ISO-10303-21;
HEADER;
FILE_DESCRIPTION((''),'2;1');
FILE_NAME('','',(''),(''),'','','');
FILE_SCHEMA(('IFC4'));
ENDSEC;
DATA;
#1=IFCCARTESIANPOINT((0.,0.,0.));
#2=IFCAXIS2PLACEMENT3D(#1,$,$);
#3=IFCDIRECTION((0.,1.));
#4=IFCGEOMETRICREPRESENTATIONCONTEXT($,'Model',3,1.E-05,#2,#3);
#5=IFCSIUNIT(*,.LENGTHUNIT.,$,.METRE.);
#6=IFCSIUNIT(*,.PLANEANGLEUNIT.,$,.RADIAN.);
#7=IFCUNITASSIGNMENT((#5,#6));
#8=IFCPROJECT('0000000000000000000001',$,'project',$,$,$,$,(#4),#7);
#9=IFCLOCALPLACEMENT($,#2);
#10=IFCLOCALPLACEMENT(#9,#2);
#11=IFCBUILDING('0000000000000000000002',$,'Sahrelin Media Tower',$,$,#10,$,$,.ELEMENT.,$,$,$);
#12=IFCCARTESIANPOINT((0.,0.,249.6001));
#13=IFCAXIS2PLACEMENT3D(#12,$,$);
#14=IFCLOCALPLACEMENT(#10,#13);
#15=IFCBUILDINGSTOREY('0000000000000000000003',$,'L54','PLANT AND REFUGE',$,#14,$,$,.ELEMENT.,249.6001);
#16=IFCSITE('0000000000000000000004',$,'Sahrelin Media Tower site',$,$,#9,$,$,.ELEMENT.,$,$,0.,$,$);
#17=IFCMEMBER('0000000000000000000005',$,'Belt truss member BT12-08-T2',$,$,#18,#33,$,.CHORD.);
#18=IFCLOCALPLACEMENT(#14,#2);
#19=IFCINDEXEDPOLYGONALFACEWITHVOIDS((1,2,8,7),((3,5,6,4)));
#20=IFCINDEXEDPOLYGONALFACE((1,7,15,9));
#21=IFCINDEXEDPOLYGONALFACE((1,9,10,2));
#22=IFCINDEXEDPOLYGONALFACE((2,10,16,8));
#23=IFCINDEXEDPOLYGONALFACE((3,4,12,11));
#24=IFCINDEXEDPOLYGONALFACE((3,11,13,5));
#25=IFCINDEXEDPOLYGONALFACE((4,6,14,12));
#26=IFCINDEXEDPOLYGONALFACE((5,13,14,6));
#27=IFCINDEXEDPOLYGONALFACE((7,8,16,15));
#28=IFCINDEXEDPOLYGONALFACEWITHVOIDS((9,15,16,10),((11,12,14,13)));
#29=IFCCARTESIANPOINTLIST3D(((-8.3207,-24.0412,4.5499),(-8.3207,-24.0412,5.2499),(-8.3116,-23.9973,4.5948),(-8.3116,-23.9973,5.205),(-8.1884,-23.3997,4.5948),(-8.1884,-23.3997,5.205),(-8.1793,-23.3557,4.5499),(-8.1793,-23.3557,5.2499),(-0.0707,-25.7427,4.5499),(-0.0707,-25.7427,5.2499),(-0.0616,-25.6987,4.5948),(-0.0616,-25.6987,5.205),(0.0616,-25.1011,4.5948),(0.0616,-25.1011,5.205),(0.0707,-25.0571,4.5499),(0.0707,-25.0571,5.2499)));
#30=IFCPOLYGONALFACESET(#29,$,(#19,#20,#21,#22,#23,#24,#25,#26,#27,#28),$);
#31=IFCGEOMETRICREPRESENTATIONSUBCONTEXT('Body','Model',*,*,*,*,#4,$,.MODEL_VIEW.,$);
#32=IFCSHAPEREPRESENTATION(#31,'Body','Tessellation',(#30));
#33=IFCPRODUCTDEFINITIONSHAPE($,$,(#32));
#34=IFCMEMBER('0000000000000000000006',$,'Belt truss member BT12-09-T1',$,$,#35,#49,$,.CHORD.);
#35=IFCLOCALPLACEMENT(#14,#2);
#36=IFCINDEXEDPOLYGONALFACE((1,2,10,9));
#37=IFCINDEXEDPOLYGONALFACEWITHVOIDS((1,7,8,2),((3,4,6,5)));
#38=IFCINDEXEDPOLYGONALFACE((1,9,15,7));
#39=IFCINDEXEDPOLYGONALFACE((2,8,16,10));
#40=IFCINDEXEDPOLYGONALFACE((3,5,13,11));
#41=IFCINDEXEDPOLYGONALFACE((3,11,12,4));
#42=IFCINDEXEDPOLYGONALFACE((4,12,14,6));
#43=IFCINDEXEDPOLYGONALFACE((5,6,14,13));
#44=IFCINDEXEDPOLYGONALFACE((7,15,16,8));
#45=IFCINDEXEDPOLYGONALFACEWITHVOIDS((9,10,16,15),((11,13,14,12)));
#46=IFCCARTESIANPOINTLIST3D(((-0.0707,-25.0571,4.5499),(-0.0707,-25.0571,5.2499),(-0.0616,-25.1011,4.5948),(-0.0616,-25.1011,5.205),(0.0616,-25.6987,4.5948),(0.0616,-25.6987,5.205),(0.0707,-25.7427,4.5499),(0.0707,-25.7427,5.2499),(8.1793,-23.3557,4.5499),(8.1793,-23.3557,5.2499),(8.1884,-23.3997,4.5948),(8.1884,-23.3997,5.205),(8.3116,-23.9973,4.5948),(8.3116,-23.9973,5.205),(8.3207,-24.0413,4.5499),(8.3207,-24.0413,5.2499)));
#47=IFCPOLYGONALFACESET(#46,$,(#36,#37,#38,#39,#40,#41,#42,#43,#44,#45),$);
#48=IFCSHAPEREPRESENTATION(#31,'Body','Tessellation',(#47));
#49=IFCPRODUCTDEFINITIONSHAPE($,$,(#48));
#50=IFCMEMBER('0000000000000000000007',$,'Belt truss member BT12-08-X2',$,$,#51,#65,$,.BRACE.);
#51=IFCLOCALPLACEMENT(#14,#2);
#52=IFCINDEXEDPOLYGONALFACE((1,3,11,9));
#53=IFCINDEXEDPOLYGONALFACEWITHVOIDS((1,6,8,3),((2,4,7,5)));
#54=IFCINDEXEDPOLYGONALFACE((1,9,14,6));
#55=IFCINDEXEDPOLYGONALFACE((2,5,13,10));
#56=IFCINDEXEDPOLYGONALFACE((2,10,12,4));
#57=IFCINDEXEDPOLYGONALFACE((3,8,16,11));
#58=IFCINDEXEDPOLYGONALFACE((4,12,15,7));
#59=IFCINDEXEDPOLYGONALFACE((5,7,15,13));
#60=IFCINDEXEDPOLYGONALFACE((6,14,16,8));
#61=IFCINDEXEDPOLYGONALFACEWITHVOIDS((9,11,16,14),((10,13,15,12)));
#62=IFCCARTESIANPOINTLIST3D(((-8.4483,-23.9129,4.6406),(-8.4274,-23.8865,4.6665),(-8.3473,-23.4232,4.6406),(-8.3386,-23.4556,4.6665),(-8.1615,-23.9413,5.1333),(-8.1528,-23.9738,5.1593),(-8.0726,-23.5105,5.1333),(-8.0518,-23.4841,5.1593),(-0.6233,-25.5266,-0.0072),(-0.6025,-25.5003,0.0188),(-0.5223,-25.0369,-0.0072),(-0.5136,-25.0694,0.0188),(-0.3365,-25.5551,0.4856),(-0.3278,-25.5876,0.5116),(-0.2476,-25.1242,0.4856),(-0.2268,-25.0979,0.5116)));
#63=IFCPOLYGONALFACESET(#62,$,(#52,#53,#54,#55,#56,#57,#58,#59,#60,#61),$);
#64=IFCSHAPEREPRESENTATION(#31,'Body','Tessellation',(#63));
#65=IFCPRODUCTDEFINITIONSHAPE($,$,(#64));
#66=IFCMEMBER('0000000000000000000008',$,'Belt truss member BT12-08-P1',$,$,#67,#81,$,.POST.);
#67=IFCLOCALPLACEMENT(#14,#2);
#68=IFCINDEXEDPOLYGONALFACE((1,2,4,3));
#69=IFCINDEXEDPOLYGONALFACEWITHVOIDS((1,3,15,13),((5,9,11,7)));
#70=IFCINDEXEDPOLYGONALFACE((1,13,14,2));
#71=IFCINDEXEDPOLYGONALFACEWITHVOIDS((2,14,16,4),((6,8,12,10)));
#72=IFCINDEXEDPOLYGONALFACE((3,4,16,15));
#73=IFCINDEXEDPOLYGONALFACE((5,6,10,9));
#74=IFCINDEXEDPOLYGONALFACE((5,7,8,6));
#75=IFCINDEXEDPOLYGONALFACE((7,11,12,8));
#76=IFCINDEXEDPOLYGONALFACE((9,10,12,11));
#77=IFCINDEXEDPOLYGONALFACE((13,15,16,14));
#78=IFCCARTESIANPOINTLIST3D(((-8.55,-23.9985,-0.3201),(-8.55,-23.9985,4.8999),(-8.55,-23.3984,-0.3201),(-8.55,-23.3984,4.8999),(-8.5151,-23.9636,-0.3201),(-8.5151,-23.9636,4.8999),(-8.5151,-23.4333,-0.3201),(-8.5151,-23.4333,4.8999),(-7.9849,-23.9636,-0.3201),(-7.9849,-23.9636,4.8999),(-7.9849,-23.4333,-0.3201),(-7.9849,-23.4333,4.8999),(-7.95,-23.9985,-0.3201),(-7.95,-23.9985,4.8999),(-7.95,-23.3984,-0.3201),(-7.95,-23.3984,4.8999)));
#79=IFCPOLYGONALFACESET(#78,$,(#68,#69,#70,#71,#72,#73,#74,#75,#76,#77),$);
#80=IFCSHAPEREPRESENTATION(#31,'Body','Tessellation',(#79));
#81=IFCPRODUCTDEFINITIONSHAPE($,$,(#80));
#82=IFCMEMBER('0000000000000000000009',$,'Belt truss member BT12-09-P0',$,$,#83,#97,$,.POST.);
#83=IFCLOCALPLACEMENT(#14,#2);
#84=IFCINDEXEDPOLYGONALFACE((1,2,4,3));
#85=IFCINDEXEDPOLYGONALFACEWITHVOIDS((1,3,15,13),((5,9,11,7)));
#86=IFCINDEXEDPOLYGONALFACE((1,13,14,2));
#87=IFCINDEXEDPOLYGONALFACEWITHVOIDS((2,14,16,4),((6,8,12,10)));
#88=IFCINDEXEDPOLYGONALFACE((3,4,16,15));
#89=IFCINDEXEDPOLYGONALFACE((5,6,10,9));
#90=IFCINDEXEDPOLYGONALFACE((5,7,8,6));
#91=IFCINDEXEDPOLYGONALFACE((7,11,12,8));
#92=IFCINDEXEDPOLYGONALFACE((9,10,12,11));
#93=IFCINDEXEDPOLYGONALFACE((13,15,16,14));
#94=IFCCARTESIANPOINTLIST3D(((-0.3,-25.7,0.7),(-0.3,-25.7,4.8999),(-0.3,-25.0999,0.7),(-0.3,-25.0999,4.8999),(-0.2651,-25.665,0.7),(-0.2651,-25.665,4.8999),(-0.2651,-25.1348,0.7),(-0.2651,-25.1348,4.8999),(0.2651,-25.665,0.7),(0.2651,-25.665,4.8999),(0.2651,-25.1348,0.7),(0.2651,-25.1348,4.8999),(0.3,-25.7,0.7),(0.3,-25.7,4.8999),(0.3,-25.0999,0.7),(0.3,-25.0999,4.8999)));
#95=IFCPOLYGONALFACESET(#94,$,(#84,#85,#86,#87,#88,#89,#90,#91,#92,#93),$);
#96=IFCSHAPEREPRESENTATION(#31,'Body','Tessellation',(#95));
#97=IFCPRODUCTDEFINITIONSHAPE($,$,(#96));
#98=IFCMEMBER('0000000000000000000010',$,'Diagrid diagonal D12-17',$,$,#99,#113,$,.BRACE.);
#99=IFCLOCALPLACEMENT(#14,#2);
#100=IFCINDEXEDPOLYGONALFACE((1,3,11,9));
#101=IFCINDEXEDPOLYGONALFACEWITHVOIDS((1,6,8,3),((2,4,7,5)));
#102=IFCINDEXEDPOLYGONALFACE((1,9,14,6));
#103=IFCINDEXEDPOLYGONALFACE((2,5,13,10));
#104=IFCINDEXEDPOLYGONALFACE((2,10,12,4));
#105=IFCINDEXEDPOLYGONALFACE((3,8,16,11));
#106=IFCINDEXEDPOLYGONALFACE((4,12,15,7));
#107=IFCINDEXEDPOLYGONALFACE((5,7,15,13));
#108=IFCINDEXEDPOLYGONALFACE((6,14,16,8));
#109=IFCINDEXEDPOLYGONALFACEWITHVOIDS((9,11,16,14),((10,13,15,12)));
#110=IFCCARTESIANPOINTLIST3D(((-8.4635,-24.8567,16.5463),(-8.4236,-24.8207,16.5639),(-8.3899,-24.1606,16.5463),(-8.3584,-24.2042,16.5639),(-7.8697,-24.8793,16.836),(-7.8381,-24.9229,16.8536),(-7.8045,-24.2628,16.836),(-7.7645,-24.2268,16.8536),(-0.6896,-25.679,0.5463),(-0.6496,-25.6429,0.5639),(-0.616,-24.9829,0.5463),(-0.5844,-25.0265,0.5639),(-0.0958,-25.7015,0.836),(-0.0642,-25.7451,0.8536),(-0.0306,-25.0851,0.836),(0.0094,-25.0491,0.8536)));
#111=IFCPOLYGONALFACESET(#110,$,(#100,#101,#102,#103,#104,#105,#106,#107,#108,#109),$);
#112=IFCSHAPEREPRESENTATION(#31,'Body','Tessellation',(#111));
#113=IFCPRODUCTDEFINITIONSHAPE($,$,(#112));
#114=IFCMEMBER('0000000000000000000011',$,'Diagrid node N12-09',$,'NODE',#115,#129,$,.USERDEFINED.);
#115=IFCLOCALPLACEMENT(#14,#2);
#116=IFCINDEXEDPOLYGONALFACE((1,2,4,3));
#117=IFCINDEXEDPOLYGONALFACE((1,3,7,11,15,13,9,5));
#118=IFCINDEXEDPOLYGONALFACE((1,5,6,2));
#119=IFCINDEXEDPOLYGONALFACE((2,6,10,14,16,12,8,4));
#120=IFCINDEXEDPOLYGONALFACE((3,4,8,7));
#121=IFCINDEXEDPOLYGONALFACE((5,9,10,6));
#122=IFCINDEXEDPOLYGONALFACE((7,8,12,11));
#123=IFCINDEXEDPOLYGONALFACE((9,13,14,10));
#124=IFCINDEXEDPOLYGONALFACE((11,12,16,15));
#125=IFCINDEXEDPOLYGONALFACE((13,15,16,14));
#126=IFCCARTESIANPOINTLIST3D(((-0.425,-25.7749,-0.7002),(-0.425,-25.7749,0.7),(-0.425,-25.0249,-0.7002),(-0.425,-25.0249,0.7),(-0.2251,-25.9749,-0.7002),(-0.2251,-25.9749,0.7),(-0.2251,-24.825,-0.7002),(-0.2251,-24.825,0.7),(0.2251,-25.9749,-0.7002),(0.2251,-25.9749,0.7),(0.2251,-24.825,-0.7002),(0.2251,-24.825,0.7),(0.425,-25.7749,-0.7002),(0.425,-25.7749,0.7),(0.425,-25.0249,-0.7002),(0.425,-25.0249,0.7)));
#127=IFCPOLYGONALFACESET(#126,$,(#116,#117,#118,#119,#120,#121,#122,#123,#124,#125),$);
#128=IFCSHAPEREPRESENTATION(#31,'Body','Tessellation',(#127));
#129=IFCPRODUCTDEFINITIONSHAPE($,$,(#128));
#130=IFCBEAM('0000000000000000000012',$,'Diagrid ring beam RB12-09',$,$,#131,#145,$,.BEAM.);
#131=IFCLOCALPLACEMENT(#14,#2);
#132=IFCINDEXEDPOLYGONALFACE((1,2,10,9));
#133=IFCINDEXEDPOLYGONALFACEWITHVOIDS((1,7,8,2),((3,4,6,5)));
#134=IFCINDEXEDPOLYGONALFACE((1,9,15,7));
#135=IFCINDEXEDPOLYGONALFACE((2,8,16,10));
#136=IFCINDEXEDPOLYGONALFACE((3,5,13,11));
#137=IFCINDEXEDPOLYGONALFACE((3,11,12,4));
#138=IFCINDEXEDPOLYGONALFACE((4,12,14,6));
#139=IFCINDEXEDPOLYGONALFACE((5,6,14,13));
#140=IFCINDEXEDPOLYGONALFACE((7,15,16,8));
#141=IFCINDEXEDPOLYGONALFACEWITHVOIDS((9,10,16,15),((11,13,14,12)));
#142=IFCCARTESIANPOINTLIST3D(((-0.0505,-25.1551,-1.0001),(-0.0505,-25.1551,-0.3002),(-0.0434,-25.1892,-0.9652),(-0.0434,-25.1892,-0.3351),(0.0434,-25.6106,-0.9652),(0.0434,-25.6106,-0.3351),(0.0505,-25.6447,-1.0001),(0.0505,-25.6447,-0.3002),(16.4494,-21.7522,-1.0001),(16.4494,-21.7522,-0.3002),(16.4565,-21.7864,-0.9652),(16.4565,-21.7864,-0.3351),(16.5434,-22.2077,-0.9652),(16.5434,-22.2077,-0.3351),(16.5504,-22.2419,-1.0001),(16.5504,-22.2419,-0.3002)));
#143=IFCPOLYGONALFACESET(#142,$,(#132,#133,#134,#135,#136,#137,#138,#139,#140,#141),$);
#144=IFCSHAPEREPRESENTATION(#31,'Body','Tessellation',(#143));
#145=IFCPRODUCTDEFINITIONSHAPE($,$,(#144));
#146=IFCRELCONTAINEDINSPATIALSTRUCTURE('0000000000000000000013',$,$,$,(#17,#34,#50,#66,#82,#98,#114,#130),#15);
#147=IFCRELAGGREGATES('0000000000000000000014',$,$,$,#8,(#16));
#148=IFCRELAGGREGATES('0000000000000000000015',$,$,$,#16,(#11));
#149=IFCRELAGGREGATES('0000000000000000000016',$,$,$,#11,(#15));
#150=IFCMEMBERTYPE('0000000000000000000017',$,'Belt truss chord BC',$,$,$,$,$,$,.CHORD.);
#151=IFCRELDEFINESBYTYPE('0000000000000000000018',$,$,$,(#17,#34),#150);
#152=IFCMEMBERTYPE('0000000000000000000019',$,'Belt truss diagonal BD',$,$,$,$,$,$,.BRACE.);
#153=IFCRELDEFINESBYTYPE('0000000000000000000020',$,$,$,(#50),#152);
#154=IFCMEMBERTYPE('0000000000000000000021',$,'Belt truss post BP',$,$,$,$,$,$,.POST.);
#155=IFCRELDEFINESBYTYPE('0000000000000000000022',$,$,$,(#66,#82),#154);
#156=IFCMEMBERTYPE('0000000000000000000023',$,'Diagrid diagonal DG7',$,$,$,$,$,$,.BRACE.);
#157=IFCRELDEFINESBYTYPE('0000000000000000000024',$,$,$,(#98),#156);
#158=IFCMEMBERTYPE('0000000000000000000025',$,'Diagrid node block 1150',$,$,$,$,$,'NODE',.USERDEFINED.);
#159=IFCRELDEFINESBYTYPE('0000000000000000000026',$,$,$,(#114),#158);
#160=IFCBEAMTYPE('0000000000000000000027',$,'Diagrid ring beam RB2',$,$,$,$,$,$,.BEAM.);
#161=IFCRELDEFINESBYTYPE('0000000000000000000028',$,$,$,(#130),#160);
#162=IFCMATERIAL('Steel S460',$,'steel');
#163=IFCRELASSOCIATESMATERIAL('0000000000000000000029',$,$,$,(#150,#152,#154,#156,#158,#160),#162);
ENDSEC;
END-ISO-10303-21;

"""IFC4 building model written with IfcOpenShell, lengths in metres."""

from ifc_helpers import new_model, si_unit, direction, frame, origin, origin_2d, place, context, subcontext, project, spatial, polyline, hollow_rectangle, outline, extrude, material, material_profile, profile_set, type_object, element, save


model = new_model("IFC4")

# Units and contexts
model_context = context("Model", 3, precision=1e-05, world=origin(), true_north=direction((0.0, 1.0)))
body_context = subcontext(model_context, "Body", "Model", "MODEL_VIEW")
ifc_project = project(units=[si_unit("LENGTHUNIT", "METRE"), si_unit("PLANEANGLEUNIT", "RADIAN")], contexts=[model_context])

# Site, building, storey
site_placement = place(None, origin())
site = spatial("IfcSite", under=ifc_project, at=site_placement, Name="Sahrelin Media Tower site", CompositionType="ELEMENT", RefElevation=0.0)
building_placement = place(site_placement, origin())
building = spatial("IfcBuilding", under=site, at=building_placement, Name="Sahrelin Media Tower", CompositionType="ELEMENT")
storey_placement = place(building_placement, frame((0.0, 0.0, 249.6001)))
storey = spatial("IfcBuildingStorey", under=building, at=storey_placement, Name="L54", Description="PLANT AND REFUGE", CompositionType="ELEMENT", Elevation=249.6001)

# Members
ifc_material_1 = material(Name="Steel S460", Category="steel")
ifc_material_profile_1 = material_profile(ifc_material_1, hollow_rectangle(XDim=0.7, YDim=0.7, WallThickness=0.0449, at=origin_2d()), Name="Belt truss chord BC")
ifc_profile_set_1 = profile_set([ifc_material_profile_1], Name="Steel S460")
member_type_1 = type_object("IfcMemberType", Name="Belt truss chord BC", PredefinedType="CHORD", material=ifc_profile_set_1)
for number, where, z_axis, x_axis, name in (
    (1, (-8.25, -23.6985, 4.8999), (0.979389, -0.201982, 0.0), (0.201982, 0.979389, 0.0), "Belt truss member BT12-08-T2"),
    (2, (0.0, -25.3999, 4.8999), (0.979389, 0.201982, 0.0), (-0.201982, 0.979389, 0.0), "Belt truss member BT12-09-T1"),
):
    element("IfcMember", number, at=place(storey_placement, frame(where, z_axis=z_axis, x_axis=x_axis)), inside=storey, type_object=member_type_1, Name=name, PredefinedType="CHORD", context=body_context, shape_type="SweptSolid", body=[
        extrude(hollow_rectangle(XDim=0.7, YDim=0.7, WallThickness=0.0449, at=origin_2d()), origin(), (0.0, 0.0, 1.0), 8.4236),
    ])
ifc_material_profile_2 = material_profile(ifc_material_1, hollow_rectangle(XDim=0.5, YDim=0.6001, WallThickness=0.03, at=origin_2d()), Name="Belt truss diagonal BD")
ifc_profile_set_2 = profile_set([ifc_material_profile_2], Name="Steel S460")
member_type_2 = type_object("IfcMemberType", Name="Belt truss diagonal BD", PredefinedType="BRACE", material=ifc_profile_set_2)
member_1_placement = place(storey_placement, frame((-0.425, -25.3123, 0.2522), z_axis=(-0.84657, 0.174591, 0.502829), x_axis=(-0.201983, -0.979389, 0.0)))
element("IfcMember", 3, at=member_1_placement, inside=storey, type_object=member_type_2, Name="Belt truss member BT12-08-X2", PredefinedType="BRACE", context=body_context, shape_type="SweptSolid", body=[
    extrude(hollow_rectangle(XDim=0.5, YDim=0.6001, WallThickness=0.03, at=origin_2d()), origin(), (0.0, 0.0, 1.0), 9.2432),
])
ifc_material_profile_3 = material_profile(ifc_material_1, hollow_rectangle(XDim=0.6001, YDim=0.6001, WallThickness=0.0349, at=origin_2d()), Name="Belt truss post BP")
ifc_profile_set_3 = profile_set([ifc_material_profile_3], Name="Steel S460")
member_type_3 = type_object("IfcMemberType", Name="Belt truss post BP", PredefinedType="POST", material=ifc_profile_set_3)
member_2_placement = place(storey_placement, frame((-8.25, -23.6985, -0.3201), z_axis=(0.0, 0.0, 1.0), x_axis=(1.0, 0.0, 0.0)))
element("IfcMember", 4, at=member_2_placement, inside=storey, type_object=member_type_3, Name="Belt truss member BT12-08-P1", PredefinedType="POST", context=body_context, shape_type="SweptSolid", body=[
    extrude(hollow_rectangle(XDim=0.6001, YDim=0.6001, WallThickness=0.0349, at=origin_2d()), origin(), (0.0, 0.0, 1.0), 5.22),
])
member_3_placement = place(storey_placement, frame((0.0, -25.3999, 0.7), z_axis=(0.0, 0.0, 1.0), x_axis=(1.0, 0.0, 0.0)))
element("IfcMember", 5, at=member_3_placement, inside=storey, type_object=member_type_3, Name="Belt truss member BT12-09-P0", PredefinedType="POST", context=body_context, shape_type="SweptSolid", body=[
    extrude(hollow_rectangle(XDim=0.6001, YDim=0.6001, WallThickness=0.0349, at=origin_2d()), origin(), (0.0, 0.0, 1.0), 4.2),
])
ifc_material_profile_4 = material_profile(ifc_material_1, hollow_rectangle(XDim=0.7, YDim=0.7, WallThickness=0.04, at=origin_2d()), Name="Diagrid diagonal DG7")
ifc_profile_set_4 = profile_set([ifc_material_profile_4], Name="Steel S460")
member_type_4 = type_object("IfcMemberType", Name="Diagrid diagonal DG7", PredefinedType="BRACE", material=ifc_profile_set_4)
member_4_placement = place(storey_placement, frame((-0.3401, -25.364, 0.7), z_axis=(-0.436551, 0.046175, 0.898494), x_axis=(-0.105185, -0.994453, 0.0)))
element("IfcMember", 6, at=member_4_placement, inside=storey, type_object=member_type_4, Name="Diagrid diagonal D12-17", PredefinedType="BRACE", context=body_context, shape_type="SweptSolid", body=[
    extrude(hollow_rectangle(XDim=0.7, YDim=0.7, WallThickness=0.04, at=origin_2d()), origin(), (0.0, 0.0, 1.0), 17.8076),
])
ifc_material_profile_5 = material_profile(ifc_material_1, outline(polyline([(0.375, -0.425), (0.575, -0.2251), (0.575, 0.2251), (0.375, 0.425), (-0.375, 0.425), (-0.575, 0.2251), (-0.575, -0.2251), (-0.375, -0.425), (0.375, -0.425)])), Name="Diagrid node block 1150")
ifc_profile_set_5 = profile_set([ifc_material_profile_5], Name="Steel S460")
member_type_5 = type_object("IfcMemberType", Name="Diagrid node block 1150", ElementType="NODE", PredefinedType="USERDEFINED", material=ifc_profile_set_5)
member_5_placement = place(storey_placement, frame((0.0, -25.3999, -0.7002), z_axis=(0.0, 0.0, 1.0), x_axis=(0.0, -1.0, 0.0)))
element("IfcMember", 7, at=member_5_placement, inside=storey, type_object=member_type_5, Name="Diagrid node N12-09", ObjectType="NODE", PredefinedType="USERDEFINED", context=body_context, shape_type="SweptSolid", body=[
    extrude(outline(polyline([(0.375, -0.425), (0.575, -0.2251), (0.575, 0.2251), (0.375, 0.425), (-0.375, 0.425), (-0.575, 0.2251), (-0.575, -0.2251), (-0.375, -0.425), (0.375, -0.425)])), origin(), (0.0, 0.0, 1.0), 1.4001),
])

# Beam
ifc_material_profile_6 = material_profile(ifc_material_1, hollow_rectangle(XDim=0.5, YDim=0.7, WallThickness=0.0349, at=origin_2d()), Name="Diagrid ring beam RB2")
ifc_profile_set_6 = profile_set([ifc_material_profile_6], Name="Steel S460")
beam_type_1 = type_object("IfcBeamType", Name="Diagrid ring beam RB2", PredefinedType="BEAM", material=ifc_profile_set_6)
beam_1_placement = place(storey_placement, frame((0.0, -25.3999, -0.6501), z_axis=(0.979389, 0.201982, 0.0), x_axis=(-0.201982, 0.979389, 0.0)))
element("IfcBeam", 8, at=beam_1_placement, inside=storey, type_object=beam_type_1, Name="Diagrid ring beam RB12-09", PredefinedType="BEAM", context=body_context, shape_type="SweptSolid", body=[
    extrude(hollow_rectangle(XDim=0.5, YDim=0.7, WallThickness=0.0349, at=origin_2d()), origin(), (0.0, 0.0, 1.0), 16.8472),
])

save(model, "model.ifc")
